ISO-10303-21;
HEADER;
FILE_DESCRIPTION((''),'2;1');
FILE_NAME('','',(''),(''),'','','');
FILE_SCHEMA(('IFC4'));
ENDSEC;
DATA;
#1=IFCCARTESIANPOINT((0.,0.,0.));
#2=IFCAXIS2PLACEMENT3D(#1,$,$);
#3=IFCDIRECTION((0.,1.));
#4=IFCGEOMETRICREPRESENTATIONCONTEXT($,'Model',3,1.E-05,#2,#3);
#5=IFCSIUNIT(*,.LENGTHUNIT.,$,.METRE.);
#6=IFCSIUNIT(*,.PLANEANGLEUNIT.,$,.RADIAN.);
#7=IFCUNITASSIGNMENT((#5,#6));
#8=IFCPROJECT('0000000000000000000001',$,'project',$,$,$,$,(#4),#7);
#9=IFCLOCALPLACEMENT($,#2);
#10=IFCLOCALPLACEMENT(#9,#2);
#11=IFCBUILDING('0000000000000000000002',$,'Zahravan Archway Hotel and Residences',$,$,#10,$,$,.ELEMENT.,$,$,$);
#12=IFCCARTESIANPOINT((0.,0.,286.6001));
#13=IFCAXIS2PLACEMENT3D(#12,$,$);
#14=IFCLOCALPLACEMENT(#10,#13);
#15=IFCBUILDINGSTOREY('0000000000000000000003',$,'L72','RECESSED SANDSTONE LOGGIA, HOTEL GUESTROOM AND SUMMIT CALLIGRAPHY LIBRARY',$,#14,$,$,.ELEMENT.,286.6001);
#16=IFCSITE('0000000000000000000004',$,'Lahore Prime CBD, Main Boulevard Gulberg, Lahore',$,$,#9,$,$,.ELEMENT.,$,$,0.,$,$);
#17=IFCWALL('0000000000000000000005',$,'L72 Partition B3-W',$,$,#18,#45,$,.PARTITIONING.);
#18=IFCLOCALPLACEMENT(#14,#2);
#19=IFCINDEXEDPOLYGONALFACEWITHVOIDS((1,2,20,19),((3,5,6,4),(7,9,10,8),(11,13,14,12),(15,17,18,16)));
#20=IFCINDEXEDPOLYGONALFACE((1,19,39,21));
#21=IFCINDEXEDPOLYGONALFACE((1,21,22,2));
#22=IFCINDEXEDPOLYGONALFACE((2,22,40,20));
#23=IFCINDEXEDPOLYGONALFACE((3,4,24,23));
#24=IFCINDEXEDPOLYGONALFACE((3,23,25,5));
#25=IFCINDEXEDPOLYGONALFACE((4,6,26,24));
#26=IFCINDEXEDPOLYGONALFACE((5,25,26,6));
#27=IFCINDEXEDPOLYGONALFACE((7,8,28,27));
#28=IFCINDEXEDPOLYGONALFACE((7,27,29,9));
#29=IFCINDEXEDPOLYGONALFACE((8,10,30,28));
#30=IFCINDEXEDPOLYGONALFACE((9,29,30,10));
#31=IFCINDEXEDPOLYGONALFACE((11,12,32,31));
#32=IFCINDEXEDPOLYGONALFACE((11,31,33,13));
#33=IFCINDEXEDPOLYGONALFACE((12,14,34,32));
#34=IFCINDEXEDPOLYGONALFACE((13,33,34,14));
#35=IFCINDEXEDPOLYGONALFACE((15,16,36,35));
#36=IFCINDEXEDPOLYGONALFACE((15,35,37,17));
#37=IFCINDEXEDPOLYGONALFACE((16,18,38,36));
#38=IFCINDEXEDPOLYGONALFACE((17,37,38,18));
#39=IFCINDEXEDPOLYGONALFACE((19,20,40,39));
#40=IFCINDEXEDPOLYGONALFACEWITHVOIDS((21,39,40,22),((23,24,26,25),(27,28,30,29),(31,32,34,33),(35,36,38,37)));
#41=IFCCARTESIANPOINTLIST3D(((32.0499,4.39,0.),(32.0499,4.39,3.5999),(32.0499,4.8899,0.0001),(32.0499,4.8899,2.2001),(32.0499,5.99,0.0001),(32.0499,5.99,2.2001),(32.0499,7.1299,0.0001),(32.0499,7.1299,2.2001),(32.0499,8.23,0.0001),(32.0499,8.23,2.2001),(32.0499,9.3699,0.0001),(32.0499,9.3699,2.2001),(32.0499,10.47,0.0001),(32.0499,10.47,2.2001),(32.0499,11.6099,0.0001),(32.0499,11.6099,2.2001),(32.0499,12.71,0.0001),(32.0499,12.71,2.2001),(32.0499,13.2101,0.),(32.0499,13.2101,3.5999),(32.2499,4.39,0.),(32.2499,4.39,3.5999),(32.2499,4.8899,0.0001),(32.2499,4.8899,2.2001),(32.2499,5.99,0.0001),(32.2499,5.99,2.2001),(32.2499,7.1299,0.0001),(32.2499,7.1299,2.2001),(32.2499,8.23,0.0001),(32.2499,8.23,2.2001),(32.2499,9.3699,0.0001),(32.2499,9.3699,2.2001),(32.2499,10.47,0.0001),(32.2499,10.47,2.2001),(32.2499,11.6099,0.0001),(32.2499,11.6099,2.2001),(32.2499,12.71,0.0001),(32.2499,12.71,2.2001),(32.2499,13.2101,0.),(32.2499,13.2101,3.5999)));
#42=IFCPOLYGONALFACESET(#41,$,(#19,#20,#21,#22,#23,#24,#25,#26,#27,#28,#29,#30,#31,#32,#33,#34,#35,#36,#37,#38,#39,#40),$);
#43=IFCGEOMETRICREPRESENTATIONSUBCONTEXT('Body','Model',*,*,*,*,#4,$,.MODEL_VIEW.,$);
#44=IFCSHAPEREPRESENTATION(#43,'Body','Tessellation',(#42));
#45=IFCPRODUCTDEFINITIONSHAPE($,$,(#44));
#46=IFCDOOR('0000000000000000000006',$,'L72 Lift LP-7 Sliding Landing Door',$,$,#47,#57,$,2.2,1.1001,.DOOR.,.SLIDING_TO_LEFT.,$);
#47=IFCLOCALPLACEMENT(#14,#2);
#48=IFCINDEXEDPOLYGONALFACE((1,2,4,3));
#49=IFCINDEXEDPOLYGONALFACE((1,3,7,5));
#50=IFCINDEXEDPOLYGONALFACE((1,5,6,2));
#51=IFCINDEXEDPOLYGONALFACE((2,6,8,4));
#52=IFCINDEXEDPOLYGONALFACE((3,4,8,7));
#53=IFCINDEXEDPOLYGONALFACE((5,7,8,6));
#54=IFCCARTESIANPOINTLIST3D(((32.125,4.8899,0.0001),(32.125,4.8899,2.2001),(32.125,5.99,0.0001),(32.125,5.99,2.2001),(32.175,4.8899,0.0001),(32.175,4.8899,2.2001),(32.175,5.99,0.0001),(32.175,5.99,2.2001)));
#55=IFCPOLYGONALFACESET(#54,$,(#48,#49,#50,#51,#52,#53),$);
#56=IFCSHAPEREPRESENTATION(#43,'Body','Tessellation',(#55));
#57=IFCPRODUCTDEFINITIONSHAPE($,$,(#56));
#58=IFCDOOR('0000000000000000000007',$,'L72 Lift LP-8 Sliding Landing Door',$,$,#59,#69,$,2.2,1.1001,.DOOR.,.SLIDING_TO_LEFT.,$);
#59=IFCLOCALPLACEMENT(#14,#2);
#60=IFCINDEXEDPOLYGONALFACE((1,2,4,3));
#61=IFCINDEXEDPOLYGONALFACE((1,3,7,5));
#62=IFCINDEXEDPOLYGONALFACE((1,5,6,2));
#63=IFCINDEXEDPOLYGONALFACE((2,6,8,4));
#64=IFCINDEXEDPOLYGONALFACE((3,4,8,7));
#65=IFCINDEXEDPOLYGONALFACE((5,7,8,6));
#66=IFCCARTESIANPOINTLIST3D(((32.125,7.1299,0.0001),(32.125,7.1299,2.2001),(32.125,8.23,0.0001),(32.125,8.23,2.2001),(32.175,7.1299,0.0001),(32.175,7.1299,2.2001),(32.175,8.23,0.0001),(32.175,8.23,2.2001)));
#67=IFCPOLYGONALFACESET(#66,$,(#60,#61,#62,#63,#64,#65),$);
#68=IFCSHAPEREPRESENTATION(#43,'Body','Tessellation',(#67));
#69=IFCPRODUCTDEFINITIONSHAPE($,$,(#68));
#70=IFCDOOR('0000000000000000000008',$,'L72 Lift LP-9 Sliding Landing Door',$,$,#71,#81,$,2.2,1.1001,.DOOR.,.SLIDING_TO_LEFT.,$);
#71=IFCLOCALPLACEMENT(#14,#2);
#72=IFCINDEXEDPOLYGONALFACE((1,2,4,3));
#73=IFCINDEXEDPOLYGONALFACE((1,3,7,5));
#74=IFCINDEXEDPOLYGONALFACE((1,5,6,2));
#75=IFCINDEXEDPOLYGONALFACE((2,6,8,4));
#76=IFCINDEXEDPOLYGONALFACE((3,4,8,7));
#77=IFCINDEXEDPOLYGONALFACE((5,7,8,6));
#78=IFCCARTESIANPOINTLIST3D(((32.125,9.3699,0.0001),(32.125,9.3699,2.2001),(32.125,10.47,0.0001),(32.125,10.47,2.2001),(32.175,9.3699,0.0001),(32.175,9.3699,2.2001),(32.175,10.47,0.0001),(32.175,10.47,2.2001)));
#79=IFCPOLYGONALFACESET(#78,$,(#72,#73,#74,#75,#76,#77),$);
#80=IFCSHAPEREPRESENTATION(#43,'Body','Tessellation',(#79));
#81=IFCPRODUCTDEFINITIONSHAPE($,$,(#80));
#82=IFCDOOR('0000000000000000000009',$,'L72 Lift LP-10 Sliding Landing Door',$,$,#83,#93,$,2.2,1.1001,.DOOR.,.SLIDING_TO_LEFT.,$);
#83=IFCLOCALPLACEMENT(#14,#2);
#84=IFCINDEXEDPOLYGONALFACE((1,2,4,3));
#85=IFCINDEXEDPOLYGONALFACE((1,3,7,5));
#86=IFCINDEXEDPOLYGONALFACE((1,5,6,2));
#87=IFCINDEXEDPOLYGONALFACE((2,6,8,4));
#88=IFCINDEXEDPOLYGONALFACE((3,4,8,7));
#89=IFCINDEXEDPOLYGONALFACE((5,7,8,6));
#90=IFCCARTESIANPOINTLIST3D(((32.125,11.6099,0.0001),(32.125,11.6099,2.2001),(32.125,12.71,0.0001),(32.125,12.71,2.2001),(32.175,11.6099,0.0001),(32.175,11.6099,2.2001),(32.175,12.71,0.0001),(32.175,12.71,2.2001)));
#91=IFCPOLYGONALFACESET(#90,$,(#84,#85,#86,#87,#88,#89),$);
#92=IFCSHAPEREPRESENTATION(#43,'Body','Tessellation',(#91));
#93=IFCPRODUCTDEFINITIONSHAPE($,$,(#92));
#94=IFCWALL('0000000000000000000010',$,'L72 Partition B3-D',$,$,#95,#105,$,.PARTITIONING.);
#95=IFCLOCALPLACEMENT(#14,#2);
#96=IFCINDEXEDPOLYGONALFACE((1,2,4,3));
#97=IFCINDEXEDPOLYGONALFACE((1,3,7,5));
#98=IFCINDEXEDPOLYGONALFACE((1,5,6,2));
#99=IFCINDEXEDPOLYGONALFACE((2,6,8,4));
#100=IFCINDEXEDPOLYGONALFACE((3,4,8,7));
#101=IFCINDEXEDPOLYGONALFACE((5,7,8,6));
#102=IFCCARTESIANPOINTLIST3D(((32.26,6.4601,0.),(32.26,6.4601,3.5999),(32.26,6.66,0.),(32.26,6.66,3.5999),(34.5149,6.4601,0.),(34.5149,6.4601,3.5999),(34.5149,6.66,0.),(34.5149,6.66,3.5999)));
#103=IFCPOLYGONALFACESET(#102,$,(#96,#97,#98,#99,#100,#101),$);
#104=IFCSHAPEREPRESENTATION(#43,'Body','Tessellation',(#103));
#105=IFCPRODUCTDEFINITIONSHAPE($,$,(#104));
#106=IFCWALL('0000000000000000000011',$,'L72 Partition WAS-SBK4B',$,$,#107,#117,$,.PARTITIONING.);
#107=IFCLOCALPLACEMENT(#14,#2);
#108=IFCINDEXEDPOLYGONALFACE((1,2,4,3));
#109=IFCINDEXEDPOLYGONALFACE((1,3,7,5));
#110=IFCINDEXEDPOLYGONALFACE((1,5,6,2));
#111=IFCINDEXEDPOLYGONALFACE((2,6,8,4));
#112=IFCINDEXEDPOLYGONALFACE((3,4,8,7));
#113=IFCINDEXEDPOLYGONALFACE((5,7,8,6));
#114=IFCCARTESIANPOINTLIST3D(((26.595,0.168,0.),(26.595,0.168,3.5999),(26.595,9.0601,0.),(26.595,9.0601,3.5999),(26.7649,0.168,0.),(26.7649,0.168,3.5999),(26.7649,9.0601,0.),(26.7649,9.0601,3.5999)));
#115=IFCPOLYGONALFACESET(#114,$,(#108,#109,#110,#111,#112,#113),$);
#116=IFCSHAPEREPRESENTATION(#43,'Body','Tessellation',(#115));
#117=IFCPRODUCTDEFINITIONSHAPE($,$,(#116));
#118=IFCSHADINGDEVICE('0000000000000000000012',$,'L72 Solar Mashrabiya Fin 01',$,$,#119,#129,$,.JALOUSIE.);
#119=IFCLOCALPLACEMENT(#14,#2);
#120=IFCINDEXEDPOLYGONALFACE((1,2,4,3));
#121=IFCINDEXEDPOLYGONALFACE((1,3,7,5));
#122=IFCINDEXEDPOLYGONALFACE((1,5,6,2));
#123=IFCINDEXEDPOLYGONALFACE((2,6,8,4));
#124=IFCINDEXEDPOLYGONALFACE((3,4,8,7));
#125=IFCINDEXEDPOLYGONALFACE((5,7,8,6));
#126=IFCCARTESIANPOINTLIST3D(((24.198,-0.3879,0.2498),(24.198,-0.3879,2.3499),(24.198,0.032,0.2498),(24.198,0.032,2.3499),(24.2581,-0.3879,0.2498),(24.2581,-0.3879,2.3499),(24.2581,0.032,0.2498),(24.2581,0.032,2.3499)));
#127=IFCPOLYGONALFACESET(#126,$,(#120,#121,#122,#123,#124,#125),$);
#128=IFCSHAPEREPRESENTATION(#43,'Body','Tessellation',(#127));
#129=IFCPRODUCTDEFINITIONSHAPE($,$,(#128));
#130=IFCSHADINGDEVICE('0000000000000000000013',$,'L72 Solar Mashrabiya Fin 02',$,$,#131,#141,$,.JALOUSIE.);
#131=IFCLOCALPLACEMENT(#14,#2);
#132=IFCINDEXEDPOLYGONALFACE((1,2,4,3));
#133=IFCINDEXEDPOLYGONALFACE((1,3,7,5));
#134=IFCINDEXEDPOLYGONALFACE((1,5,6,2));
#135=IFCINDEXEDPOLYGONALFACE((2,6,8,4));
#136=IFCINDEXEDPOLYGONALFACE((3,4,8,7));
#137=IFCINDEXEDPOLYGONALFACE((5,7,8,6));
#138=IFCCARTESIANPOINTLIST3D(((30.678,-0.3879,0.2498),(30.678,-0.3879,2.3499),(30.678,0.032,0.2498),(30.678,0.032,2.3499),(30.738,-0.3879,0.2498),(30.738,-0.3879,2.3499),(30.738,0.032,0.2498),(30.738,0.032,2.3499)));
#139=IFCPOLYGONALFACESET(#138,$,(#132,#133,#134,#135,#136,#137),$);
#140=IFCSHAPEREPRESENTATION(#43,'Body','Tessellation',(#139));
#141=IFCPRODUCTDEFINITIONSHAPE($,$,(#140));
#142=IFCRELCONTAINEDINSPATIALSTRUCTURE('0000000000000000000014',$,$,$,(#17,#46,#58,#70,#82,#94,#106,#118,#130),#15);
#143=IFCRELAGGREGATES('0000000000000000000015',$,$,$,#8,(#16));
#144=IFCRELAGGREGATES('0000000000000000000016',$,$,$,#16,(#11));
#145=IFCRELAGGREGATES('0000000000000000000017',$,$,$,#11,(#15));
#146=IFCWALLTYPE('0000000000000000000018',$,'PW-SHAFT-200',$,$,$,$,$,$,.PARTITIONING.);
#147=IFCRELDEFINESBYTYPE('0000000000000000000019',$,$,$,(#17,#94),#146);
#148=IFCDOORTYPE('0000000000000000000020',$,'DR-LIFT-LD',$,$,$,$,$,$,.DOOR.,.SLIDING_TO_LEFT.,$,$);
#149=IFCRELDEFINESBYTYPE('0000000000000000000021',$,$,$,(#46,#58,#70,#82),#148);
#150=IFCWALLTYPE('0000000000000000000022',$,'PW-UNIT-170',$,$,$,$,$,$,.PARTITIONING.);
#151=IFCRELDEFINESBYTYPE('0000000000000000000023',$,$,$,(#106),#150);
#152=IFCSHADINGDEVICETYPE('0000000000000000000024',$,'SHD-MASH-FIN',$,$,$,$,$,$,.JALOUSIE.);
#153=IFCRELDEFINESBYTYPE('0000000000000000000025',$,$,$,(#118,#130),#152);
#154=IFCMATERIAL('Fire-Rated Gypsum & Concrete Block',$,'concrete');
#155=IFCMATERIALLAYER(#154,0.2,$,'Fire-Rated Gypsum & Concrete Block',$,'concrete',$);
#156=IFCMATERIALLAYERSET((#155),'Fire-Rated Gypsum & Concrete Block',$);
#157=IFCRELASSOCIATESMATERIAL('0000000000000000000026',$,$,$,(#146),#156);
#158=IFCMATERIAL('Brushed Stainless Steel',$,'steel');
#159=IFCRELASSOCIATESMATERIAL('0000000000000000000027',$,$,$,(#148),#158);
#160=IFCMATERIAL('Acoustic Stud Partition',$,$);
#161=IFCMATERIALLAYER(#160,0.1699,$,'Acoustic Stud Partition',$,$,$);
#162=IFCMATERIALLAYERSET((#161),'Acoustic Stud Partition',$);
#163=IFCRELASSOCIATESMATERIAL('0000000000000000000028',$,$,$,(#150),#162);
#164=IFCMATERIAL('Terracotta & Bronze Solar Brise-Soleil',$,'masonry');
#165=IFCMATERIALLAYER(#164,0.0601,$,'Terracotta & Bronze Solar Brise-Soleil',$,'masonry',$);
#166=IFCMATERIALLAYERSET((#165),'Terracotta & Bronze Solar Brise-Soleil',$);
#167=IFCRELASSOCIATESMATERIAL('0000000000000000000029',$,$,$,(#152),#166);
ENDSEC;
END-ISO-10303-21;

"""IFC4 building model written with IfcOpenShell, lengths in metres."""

from ifc_helpers import new_model, si_unit, direction, frame, frame_2d, origin, origin_2d, place, context, subcontext, project, spatial, rectangle, extrude, source, transform, mapped, material, layer, layer_set, type_object, type_shapes, element, fill, save


model = new_model("IFC4")

# Units and contexts
model_context = context("Model", 3, precision=1e-05, world=origin(), true_north=direction((0.0, 1.0)))
body_context = subcontext(model_context, "Body", "Model", "MODEL_VIEW")
ifc_project = project(units=[si_unit("LENGTHUNIT", "METRE"), si_unit("PLANEANGLEUNIT", "RADIAN")], contexts=[model_context])

# Site, building, storey
site_placement = place(None, origin())
site = spatial("IfcSite", under=ifc_project, at=site_placement, Name="Lahore Prime CBD, Main Boulevard Gulberg, Lahore", CompositionType="ELEMENT", RefElevation=0.0)
building_placement = place(site_placement, origin())
building = spatial("IfcBuilding", under=site, at=building_placement, Name="Zahravan Archway Hotel and Residences", CompositionType="ELEMENT")
storey_placement = place(building_placement, frame((0.0, 0.0, 286.6001)))
storey = spatial("IfcBuildingStorey", under=building, at=storey_placement, Name="L72", Description="RECESSED SANDSTONE LOGGIA, HOTEL GUESTROOM AND SUMMIT CALLIGRAPHY LIBRARY", CompositionType="ELEMENT", Elevation=286.6001)

# Shared definitions
ifc_material_1 = material(Name="Fire-Rated Gypsum & Concrete Block", Category="concrete")

# Shared definitions
ifc_layer_1 = layer(ifc_material_1, 0.2, Name="Fire-Rated Gypsum & Concrete Block", Category="concrete")
ifc_layer_set_1 = layer_set([ifc_layer_1], Name="Fire-Rated Gypsum & Concrete Block")
wall_type_1 = type_object("IfcWallType", Name="PW-SHAFT-200", PredefinedType="PARTITIONING", material=ifc_layer_set_1)

# Wall, openings, doors
wall_1_placement = place(storey_placement, frame((32.1499, 4.3899, 0.0), z_axis=(0.0, 0.0, 1.0), x_axis=(0.0, 1.0, 0.0)))
wall_1 = element("IfcWall", 1, at=wall_1_placement, inside=storey, type_object=wall_type_1, Name="L72 Partition B3-W", PredefinedType="PARTITIONING", context=body_context, shape_type="SweptSolid", body=[
    extrude(rectangle(XDim=8.8201, YDim=0.2, at=frame_2d((4.4102, 0.0))), origin(), (0.0, 0.0, 1.0), 3.5999),
])
opening_1_placement = place(wall_1_placement, frame((0.5, 0.0, 0.0)))
opening_1 = element("IfcOpeningElement", 2, at=opening_1_placement, cuts=wall_1, PredefinedType="OPENING", context=body_context, shape_type="SweptSolid", body=[
    extrude(rectangle(XDim=1.1001, YDim=2.2, at=frame_2d((0.55, 1.1001))), frame((0.0, 0.1099, 0.0), z_axis=(0.0, -1.0, 0.0), x_axis=(1.0, 0.0, 0.0)), (0.0, 0.0, 1.0), 0.22),
])
opening_2_placement = place(wall_1_placement, frame((2.74, 0.0, 0.0)))
opening_2 = element("IfcOpeningElement", 3, at=opening_2_placement, cuts=wall_1, PredefinedType="OPENING", context=body_context, shape_type="SweptSolid", body=[
    extrude(rectangle(XDim=1.1001, YDim=2.2, at=frame_2d((0.55, 1.1001))), frame((0.0, 0.1099, 0.0), z_axis=(0.0, -1.0, 0.0), x_axis=(1.0, 0.0, 0.0)), (0.0, 0.0, 1.0), 0.22),
])
opening_3_placement = place(wall_1_placement, frame((4.98, 0.0, 0.0)))
opening_3 = element("IfcOpeningElement", 4, at=opening_3_placement, cuts=wall_1, PredefinedType="OPENING", context=body_context, shape_type="SweptSolid", body=[
    extrude(rectangle(XDim=1.1001, YDim=2.2, at=frame_2d((0.55, 1.1001))), frame((0.0, 0.1099, 0.0), z_axis=(0.0, -1.0, 0.0), x_axis=(1.0, 0.0, 0.0)), (0.0, 0.0, 1.0), 0.22),
])
opening_4_placement = place(wall_1_placement, frame((7.22, 0.0, 0.0)))
opening_4 = element("IfcOpeningElement", 5, at=opening_4_placement, cuts=wall_1, PredefinedType="OPENING", context=body_context, shape_type="SweptSolid", body=[
    extrude(rectangle(XDim=1.1001, YDim=2.2, at=frame_2d((0.55, 1.1001))), frame((0.0, 0.1099, 0.0), z_axis=(0.0, -1.0, 0.0), x_axis=(1.0, 0.0, 0.0)), (0.0, 0.0, 1.0), 0.22),
])
ifc_material_2 = material(Name="Brushed Stainless Steel", Category="steel")
door_type_1 = type_object("IfcDoorType", Name="DR-LIFT-LD", OperationType="SLIDING_TO_LEFT", PredefinedType="DOOR", material=ifc_material_2)
shared_shape_1 = source(origin(), body_context, "Body", "SweptSolid", [
    extrude(rectangle(XDim=1.1001, YDim=2.2, at=frame_2d((0.55, 1.1001))), frame((0.0, 0.0249, 0.0), z_axis=(0.0, -1.0, 0.0), x_axis=(1.0, 0.0, 0.0)), (0.0, 0.0, 1.0), 0.05),
])
type_shapes(door_type_1, [shared_shape_1])
door_1_placement = place(opening_1_placement, origin())
door_1 = element("IfcDoor", 6, at=door_1_placement, inside=storey, type_object=door_type_1, Name="L72 Lift LP-7 Sliding Landing Door", OperationType="SLIDING_TO_LEFT", OverallHeight=2.2, OverallWidth=1.1001, PredefinedType="DOOR", context=body_context, shape_type="MappedRepresentation", body=[
    mapped(shared_shape_1, transform((0.0, 0.0, 0.0), scale=1.0)),
])
fill(opening_1, door_1)
door_2_placement = place(opening_2_placement, origin())
door_2 = element("IfcDoor", 7, at=door_2_placement, inside=storey, type_object=door_type_1, Name="L72 Lift LP-8 Sliding Landing Door", OperationType="SLIDING_TO_LEFT", OverallHeight=2.2, OverallWidth=1.1001, PredefinedType="DOOR", context=body_context, shape_type="MappedRepresentation", body=[
    mapped(shared_shape_1, transform((0.0, 0.0, 0.0), scale=1.0)),
])
fill(opening_2, door_2)
door_3_placement = place(opening_3_placement, origin())
door_3 = element("IfcDoor", 8, at=door_3_placement, inside=storey, type_object=door_type_1, Name="L72 Lift LP-9 Sliding Landing Door", OperationType="SLIDING_TO_LEFT", OverallHeight=2.2, OverallWidth=1.1001, PredefinedType="DOOR", context=body_context, shape_type="MappedRepresentation", body=[
    mapped(shared_shape_1, transform((0.0, 0.0, 0.0), scale=1.0)),
])
fill(opening_3, door_3)
door_4_placement = place(opening_4_placement, origin())
door_4 = element("IfcDoor", 9, at=door_4_placement, inside=storey, type_object=door_type_1, Name="L72 Lift LP-10 Sliding Landing Door", OperationType="SLIDING_TO_LEFT", OverallHeight=2.2, OverallWidth=1.1001, PredefinedType="DOOR", context=body_context, shape_type="MappedRepresentation", body=[
    mapped(shared_shape_1, transform((0.0, 0.0, 0.0), scale=1.0)),
])
fill(opening_4, door_4)

# Walls
wall_2_placement = place(storey_placement, frame((32.26, 6.5601, 0.0), z_axis=(0.0, 0.0, 1.0), x_axis=(1.0, 0.0, 0.0)))
element("IfcWall", 10, at=wall_2_placement, inside=storey, type_object=wall_type_1, Name="L72 Partition B3-D", PredefinedType="PARTITIONING", context=body_context, shape_type="SweptSolid", body=[
    extrude(rectangle(XDim=2.2549, YDim=0.2, at=frame_2d((1.1274, 0.0))), origin(), (0.0, 0.0, 1.0), 3.5999),
])
ifc_material_3 = material(Name="Acoustic Stud Partition")
ifc_layer_2 = layer(ifc_material_3, 0.1699, Name="Acoustic Stud Partition")
ifc_layer_set_2 = layer_set([ifc_layer_2], Name="Acoustic Stud Partition")
wall_type_2 = type_object("IfcWallType", Name="PW-UNIT-170", PredefinedType="PARTITIONING", material=ifc_layer_set_2)
wall_3_placement = place(storey_placement, frame((26.6799, 0.168, 0.0), z_axis=(0.0, 0.0, 1.0), x_axis=(0.0, 1.0, 0.0)))
element("IfcWall", 11, at=wall_3_placement, inside=storey, type_object=wall_type_2, Name="L72 Partition WAS-SBK4B", PredefinedType="PARTITIONING", context=body_context, shape_type="SweptSolid", body=[
    extrude(rectangle(XDim=8.8921, YDim=0.1699, at=frame_2d((4.446, 0.0))), origin(), (0.0, 0.0, 1.0), 3.5999),
])

# Shading devices
ifc_material_4 = material(Name="Terracotta & Bronze Solar Brise-Soleil", Category="masonry")
ifc_layer_3 = layer(ifc_material_4, 0.0601, Name="Terracotta & Bronze Solar Brise-Soleil", Category="masonry")
ifc_layer_set_3 = layer_set([ifc_layer_3], Name="Terracotta & Bronze Solar Brise-Soleil")
shading_device_type = type_object("IfcShadingDeviceType", Name="SHD-MASH-FIN", PredefinedType="JALOUSIE", material=ifc_layer_set_3)
shared_shape_2 = source(origin(), body_context, "Body", "SweptSolid", [
    extrude(rectangle(XDim=0.0601, YDim=0.4199, at=origin_2d()), origin(), (0.0, 0.0, 1.0), 2.1001),
])
type_shapes(shading_device_type, [shared_shape_2])
for number, where, z_axis, x_axis, name in (
    (12, (24.228, -0.178, 0.2498), (0.0, 0.0, 1.0), (1.0, 0.0, 0.0), "L72 Solar Mashrabiya Fin 01"),
    (13, (30.708, -0.178, 0.2498), (0.0, 0.0, 1.0), (1.0, 0.0, 0.0), "L72 Solar Mashrabiya Fin 02"),
):
    element("IfcShadingDevice", number, at=place(storey_placement, frame(where, z_axis=z_axis, x_axis=x_axis)), inside=storey, type_object=shading_device_type, Name=name, PredefinedType="JALOUSIE", context=body_context, shape_type="MappedRepresentation", body=[
        mapped(shared_shape_2, transform((0.0, 0.0, 0.0), scale=1.0)),
    ])

save(model, "model.ifc")
